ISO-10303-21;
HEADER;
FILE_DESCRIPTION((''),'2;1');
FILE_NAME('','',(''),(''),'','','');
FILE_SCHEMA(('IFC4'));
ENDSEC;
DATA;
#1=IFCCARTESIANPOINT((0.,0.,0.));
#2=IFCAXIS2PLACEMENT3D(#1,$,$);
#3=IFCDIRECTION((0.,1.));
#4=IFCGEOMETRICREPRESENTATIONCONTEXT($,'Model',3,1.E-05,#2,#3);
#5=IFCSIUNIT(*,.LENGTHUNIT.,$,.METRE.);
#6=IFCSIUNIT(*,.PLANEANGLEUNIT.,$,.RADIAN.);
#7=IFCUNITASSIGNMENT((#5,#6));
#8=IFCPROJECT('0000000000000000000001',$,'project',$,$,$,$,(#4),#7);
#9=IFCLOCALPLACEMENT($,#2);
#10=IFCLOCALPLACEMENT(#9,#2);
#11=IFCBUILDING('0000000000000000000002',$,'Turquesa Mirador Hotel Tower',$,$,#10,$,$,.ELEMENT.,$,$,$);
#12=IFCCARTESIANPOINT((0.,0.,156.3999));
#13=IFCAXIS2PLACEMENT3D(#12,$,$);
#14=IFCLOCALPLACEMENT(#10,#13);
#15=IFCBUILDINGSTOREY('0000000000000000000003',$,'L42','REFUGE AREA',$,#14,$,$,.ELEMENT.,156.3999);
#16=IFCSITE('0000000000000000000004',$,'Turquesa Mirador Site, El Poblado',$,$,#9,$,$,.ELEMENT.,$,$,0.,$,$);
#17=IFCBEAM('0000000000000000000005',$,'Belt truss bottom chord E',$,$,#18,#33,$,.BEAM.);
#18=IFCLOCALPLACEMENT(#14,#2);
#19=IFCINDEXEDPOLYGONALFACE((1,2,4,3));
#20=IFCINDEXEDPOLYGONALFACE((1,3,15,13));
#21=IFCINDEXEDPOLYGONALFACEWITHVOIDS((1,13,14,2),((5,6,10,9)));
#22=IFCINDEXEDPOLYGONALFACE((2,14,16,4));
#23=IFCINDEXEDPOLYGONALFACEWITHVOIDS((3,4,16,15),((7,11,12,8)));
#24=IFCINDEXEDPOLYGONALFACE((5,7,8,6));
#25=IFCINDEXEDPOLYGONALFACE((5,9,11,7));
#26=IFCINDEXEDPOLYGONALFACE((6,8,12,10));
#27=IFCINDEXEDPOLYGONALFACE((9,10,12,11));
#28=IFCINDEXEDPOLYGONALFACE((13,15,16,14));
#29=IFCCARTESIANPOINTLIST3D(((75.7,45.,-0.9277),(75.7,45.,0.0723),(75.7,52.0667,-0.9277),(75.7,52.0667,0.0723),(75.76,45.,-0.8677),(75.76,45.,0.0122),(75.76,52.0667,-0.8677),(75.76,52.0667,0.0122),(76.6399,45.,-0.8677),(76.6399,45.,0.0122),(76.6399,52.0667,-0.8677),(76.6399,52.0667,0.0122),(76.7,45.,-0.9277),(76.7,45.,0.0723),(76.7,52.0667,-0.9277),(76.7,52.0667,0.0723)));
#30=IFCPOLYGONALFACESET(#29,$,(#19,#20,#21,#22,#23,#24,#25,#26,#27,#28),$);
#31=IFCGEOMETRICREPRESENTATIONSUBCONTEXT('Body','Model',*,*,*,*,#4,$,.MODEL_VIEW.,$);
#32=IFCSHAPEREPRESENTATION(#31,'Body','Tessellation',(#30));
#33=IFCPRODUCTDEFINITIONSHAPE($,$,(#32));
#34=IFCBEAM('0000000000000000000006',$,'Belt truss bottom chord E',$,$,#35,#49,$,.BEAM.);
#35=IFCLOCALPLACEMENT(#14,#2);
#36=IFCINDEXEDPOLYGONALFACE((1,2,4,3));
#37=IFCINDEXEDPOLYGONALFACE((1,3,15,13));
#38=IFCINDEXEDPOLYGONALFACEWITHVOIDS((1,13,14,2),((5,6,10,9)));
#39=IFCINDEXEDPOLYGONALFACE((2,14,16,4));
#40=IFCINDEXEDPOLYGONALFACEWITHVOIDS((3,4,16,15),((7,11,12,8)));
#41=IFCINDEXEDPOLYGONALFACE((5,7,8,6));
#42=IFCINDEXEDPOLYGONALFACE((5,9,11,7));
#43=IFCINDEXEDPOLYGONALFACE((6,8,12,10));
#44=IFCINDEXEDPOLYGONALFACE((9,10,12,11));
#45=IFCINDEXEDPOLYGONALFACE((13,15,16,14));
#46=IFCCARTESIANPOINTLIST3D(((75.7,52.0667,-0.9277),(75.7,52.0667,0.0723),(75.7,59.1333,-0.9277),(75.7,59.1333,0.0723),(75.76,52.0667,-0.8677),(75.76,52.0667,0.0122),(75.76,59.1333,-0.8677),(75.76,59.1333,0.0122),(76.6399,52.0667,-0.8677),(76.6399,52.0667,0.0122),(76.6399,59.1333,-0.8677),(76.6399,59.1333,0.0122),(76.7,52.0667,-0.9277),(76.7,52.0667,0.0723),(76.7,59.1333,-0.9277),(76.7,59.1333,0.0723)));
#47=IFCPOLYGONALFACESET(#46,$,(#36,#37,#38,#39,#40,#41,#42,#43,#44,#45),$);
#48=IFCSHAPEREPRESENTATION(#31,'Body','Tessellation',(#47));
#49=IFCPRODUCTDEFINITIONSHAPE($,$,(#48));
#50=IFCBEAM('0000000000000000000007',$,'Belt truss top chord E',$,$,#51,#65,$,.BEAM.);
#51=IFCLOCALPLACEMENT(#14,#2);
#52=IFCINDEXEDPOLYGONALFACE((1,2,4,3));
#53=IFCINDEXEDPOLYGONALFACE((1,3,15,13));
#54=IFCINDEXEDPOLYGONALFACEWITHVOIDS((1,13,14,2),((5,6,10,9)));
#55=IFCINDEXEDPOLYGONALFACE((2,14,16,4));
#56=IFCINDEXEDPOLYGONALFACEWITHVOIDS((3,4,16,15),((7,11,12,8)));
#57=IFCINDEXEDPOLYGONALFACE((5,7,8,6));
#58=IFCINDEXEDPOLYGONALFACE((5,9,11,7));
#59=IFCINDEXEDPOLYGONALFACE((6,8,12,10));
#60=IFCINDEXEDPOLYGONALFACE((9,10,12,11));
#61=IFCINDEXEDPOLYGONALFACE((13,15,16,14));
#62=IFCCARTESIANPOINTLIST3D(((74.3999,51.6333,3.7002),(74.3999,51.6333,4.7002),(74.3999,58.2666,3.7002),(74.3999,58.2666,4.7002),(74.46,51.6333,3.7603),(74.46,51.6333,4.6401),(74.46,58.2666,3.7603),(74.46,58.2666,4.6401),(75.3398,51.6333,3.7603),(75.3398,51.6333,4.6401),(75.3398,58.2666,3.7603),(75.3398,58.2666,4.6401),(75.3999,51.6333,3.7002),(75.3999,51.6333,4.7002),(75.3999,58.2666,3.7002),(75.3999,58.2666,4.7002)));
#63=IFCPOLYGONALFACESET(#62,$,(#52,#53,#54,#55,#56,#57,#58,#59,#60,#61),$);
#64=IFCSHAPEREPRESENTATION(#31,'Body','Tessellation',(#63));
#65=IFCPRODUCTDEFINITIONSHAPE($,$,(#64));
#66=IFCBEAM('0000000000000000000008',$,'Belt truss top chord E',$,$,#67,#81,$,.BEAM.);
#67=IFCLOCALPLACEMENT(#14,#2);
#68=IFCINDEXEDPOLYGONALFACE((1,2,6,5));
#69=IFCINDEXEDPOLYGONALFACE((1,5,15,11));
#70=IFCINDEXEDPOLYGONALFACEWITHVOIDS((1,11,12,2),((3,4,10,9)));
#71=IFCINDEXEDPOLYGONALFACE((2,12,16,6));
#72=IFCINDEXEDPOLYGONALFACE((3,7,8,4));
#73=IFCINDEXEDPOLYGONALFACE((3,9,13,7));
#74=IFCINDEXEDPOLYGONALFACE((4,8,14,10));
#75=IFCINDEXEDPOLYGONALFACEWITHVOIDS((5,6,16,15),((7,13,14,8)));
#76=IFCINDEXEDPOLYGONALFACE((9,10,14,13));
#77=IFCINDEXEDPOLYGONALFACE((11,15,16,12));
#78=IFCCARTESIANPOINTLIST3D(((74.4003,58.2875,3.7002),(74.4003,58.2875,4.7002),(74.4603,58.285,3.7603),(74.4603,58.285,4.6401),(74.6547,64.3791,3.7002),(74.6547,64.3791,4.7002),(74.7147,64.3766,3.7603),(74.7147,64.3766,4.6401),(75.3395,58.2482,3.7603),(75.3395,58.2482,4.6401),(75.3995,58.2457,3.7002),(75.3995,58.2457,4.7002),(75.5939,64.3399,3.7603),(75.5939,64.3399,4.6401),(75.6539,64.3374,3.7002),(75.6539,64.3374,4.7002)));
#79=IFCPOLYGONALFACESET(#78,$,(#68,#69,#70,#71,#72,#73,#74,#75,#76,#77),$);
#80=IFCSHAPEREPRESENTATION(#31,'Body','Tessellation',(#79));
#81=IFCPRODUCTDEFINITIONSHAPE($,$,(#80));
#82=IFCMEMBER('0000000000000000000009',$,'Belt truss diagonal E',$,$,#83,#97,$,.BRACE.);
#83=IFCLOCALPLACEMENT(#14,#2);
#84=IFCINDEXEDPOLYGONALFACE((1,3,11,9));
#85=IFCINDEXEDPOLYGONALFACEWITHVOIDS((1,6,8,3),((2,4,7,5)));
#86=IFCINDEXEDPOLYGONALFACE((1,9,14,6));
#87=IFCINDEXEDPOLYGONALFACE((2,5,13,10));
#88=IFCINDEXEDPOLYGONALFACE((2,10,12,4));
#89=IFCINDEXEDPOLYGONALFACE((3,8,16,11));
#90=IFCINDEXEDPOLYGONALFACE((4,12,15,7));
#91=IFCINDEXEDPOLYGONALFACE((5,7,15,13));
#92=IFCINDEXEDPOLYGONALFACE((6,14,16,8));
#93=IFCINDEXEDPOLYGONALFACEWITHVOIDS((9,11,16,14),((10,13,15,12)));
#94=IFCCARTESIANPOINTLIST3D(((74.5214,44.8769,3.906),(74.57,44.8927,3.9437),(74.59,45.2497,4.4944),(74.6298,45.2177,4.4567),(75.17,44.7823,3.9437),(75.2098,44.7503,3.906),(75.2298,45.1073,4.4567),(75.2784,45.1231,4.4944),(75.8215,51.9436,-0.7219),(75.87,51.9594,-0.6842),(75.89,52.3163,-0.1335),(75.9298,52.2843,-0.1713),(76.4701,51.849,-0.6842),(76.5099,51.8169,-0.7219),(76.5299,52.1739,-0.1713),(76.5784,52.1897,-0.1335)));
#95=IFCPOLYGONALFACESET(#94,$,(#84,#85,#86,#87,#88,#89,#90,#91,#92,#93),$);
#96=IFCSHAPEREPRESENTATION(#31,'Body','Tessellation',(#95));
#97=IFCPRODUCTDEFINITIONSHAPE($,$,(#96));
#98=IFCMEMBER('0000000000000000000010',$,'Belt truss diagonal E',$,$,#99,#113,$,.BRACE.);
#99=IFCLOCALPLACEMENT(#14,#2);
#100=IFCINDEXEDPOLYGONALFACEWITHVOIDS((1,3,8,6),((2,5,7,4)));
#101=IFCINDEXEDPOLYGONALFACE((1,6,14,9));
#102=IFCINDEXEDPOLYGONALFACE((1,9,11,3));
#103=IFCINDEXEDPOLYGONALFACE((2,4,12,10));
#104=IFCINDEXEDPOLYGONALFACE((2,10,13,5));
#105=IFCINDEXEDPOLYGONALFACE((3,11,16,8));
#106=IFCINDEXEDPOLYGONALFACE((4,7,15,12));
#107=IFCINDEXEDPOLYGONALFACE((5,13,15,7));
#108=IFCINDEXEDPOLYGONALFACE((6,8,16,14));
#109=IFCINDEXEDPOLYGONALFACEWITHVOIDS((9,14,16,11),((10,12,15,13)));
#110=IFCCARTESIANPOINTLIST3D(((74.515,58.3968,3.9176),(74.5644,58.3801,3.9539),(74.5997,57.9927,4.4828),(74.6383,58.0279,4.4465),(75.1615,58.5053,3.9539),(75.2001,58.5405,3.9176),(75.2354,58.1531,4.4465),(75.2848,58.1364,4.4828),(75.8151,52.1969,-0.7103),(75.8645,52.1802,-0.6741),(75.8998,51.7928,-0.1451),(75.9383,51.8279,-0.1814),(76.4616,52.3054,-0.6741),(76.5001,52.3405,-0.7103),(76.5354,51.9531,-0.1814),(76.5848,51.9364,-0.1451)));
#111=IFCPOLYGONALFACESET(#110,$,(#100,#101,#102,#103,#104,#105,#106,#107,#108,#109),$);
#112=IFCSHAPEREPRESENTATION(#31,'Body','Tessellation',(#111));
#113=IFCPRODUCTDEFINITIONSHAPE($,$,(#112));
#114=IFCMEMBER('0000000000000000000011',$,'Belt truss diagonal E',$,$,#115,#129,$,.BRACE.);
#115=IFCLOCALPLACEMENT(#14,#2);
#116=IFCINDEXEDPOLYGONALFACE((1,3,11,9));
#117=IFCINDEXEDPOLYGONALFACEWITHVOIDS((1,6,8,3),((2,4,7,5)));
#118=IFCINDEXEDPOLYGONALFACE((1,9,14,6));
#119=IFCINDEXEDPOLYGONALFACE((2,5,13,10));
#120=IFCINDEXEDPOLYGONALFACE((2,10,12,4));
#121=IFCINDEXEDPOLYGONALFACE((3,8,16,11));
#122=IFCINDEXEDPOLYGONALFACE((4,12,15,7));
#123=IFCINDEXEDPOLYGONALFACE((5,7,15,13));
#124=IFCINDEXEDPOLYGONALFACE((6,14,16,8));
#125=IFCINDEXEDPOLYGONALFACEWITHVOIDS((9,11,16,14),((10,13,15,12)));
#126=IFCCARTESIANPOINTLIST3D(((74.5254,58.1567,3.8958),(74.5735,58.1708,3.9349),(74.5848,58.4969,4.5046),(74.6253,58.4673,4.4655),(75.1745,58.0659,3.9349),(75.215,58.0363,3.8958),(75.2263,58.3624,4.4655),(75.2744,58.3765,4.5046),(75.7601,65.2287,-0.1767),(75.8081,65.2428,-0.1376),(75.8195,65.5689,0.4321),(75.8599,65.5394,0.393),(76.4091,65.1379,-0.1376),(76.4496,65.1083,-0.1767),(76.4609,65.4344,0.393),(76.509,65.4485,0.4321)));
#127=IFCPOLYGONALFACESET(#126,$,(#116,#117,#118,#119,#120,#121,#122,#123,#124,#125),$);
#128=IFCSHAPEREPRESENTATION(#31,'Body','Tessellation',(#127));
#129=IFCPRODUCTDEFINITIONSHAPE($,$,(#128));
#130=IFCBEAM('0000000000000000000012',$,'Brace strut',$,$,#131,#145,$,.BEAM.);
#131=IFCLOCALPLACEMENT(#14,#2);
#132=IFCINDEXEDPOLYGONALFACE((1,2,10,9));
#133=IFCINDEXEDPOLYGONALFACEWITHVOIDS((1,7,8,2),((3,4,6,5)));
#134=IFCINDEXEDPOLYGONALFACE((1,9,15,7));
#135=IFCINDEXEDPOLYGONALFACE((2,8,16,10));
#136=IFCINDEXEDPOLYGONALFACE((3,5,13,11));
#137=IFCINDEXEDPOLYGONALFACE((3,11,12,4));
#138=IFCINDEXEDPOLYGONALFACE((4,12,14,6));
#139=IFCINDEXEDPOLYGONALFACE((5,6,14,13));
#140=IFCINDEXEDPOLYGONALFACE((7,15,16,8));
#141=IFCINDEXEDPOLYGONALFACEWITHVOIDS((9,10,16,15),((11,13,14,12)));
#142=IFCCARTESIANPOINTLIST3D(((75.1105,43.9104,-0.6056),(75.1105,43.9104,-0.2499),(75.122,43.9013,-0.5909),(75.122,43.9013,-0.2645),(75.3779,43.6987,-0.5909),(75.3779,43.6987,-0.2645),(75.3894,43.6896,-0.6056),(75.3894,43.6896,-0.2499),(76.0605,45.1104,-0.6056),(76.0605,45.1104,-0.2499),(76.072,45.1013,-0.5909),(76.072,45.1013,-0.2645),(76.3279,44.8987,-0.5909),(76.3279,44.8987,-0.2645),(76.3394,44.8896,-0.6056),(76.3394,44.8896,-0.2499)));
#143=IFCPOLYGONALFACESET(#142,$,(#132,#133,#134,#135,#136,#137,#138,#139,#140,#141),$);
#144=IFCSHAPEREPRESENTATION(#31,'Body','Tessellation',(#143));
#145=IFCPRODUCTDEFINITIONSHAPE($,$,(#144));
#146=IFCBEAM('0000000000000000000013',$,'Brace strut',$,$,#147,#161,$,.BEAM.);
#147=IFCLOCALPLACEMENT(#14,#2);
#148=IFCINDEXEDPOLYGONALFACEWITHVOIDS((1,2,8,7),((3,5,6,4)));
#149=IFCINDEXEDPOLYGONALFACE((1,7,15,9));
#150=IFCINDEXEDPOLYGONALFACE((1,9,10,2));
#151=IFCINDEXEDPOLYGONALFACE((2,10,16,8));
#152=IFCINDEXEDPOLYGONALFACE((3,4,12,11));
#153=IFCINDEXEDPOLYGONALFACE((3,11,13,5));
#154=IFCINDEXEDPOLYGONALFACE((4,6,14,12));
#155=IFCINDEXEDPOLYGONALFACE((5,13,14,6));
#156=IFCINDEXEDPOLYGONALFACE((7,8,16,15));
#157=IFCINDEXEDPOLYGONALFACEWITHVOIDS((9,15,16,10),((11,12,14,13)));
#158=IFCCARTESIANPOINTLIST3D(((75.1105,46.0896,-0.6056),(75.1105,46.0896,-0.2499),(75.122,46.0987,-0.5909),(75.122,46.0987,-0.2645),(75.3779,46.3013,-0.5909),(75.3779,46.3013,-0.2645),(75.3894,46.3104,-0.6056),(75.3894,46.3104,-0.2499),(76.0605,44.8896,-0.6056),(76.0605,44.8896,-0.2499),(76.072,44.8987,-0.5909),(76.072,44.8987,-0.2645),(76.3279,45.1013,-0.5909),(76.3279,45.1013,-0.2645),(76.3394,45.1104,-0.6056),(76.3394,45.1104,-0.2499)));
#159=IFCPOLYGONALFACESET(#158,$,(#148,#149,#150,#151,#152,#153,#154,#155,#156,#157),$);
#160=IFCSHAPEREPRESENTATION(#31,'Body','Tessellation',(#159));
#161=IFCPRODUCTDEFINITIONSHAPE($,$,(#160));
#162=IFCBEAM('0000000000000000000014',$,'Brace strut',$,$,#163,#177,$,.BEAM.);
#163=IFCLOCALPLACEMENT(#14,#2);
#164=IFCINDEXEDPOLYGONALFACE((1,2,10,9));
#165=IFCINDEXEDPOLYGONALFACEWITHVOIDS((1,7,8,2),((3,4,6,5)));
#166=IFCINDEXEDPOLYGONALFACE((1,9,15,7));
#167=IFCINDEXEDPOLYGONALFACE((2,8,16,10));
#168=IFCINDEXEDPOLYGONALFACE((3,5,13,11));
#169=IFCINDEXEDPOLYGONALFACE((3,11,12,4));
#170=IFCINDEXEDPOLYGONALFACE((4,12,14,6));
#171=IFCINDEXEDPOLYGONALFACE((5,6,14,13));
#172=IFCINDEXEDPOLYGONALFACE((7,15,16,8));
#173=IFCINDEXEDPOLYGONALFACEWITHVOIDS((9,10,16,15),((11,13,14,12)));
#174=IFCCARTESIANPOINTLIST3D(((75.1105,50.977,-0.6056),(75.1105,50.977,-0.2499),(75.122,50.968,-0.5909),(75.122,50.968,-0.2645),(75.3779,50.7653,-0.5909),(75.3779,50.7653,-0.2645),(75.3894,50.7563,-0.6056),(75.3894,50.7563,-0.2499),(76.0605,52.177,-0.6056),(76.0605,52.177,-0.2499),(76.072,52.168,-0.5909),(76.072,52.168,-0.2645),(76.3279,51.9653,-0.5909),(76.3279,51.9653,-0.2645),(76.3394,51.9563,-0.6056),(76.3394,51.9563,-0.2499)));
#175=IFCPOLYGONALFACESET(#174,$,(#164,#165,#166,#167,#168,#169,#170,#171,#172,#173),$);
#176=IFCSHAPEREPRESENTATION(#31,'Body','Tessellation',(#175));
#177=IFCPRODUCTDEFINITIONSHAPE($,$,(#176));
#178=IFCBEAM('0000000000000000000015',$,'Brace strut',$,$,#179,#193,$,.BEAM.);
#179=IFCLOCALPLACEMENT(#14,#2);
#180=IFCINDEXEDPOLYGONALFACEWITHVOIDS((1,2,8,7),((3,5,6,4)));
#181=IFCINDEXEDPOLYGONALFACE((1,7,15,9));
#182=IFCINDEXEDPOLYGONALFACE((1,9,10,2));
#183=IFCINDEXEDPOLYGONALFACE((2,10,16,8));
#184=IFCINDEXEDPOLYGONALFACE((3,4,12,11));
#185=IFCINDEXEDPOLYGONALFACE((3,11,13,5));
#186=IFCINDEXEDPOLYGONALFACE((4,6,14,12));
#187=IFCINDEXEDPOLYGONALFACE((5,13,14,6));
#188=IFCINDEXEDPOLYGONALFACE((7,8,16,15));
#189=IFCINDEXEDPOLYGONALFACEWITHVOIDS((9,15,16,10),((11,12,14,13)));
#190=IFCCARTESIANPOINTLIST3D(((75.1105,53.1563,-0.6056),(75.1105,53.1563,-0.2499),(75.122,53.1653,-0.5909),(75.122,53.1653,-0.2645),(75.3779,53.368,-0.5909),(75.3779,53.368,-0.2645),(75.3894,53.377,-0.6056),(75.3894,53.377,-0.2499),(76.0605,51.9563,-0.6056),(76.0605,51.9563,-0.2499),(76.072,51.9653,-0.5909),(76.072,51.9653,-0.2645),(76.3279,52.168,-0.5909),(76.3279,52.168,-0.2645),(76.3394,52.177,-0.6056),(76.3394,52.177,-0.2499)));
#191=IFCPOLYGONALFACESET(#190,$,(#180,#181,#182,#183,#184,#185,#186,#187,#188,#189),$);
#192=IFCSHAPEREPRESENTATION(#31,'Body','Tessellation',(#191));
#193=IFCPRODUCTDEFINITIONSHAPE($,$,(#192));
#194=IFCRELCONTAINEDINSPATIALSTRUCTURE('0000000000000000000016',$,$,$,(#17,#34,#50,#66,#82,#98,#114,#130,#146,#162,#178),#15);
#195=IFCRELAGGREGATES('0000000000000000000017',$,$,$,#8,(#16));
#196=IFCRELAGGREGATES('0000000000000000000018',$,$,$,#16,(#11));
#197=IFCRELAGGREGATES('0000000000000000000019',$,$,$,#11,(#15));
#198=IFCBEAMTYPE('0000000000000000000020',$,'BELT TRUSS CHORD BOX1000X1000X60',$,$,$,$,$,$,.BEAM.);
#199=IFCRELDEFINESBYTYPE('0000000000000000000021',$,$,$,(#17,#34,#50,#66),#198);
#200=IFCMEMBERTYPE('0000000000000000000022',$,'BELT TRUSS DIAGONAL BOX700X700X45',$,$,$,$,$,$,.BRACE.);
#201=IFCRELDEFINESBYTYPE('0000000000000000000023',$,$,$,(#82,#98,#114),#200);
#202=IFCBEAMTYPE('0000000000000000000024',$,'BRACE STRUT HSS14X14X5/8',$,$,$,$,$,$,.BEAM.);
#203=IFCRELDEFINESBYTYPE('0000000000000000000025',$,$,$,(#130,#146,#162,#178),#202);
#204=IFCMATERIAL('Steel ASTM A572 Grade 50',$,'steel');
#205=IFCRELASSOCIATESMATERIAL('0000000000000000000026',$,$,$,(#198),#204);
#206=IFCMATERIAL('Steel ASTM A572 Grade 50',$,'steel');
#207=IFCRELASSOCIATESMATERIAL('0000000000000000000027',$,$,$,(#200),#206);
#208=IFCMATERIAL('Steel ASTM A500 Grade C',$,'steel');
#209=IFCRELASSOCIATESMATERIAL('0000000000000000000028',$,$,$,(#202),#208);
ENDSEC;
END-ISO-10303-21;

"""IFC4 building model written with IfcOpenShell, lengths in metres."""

from ifc_helpers import new_model, si_unit, direction, frame, origin, origin_2d, place, context, subcontext, project, spatial, hollow_rectangle, extrude, material, material_profile, profile_set, type_object, element, save


model = new_model("IFC4")

# Units and contexts
model_context = context("Model", 3, precision=1e-05, world=origin(), true_north=direction((0.0, 1.0)))
body_context = subcontext(model_context, "Body", "Model", "MODEL_VIEW")
ifc_project = project(units=[si_unit("LENGTHUNIT", "METRE"), si_unit("PLANEANGLEUNIT", "RADIAN")], contexts=[model_context])

# Site, building, storey
site_placement = place(None, origin())
site = spatial("IfcSite", under=ifc_project, at=site_placement, Name="Turquesa Mirador Site, El Poblado", CompositionType="ELEMENT", RefElevation=0.0)
building_placement = place(site_placement, origin())
building = spatial("IfcBuilding", under=site, at=building_placement, Name="Turquesa Mirador Hotel Tower", CompositionType="ELEMENT")
storey_placement = place(building_placement, frame((0.0, 0.0, 156.3999)))
storey = spatial("IfcBuildingStorey", under=building, at=storey_placement, Name="L42", Description="REFUGE AREA", CompositionType="ELEMENT", Elevation=156.3999)

# Beams
ifc_material_1 = material(Name="Steel ASTM A572 Grade 50", Category="steel")
ifc_material_profile_1 = material_profile(ifc_material_1, hollow_rectangle(XDim=1.0, YDim=1.0, WallThickness=0.0601, at=origin_2d()), Name="BOX1000X1000X60")
ifc_profile_set_1 = profile_set([ifc_material_profile_1], Name="Steel ASTM A572 Grade 50")
beam_type_1 = type_object("IfcBeamType", Name="BELT TRUSS CHORD BOX1000X1000X60", PredefinedType="BEAM", material=ifc_profile_set_1)
for number, where, z_axis, x_axis, name in (
    (1, (76.2, 45.0, -0.4277), (0.0, 1.0, 0.0), (-1.0, 0.0, 0.0), "Belt truss bottom chord E"),
    (2, (76.2, 52.0667, -0.4277), (0.0, 1.0, 0.0), (-1.0, 0.0, 0.0), "Belt truss bottom chord E"),
):
    element("IfcBeam", number, at=place(storey_placement, frame(where, z_axis=z_axis, x_axis=x_axis)), inside=storey, type_object=beam_type_1, Name=name, PredefinedType="BEAM", context=body_context, shape_type="SweptSolid", body=[
        extrude(hollow_rectangle(XDim=1.0, YDim=1.0, WallThickness=0.0601, at=origin_2d()), origin(), (0.0, 0.0, 1.0), 7.0667),
    ])
beam_1_placement = place(storey_placement, frame((74.8999, 51.6333, 4.2002), z_axis=(0.0, 1.0, 0.0), x_axis=(-1.0, 0.0, 0.0)))
element("IfcBeam", 3, at=beam_1_placement, inside=storey, type_object=beam_type_1, Name="Belt truss top chord E", PredefinedType="BEAM", context=body_context, shape_type="SweptSolid", body=[
    extrude(hollow_rectangle(XDim=1.0, YDim=1.0, WallThickness=0.0601, at=origin_2d()), origin(), (0.0, 0.0, 1.0), 6.6333),
])
beam_2_placement = place(storey_placement, frame((74.8999, 58.2666, 4.2002), z_axis=(0.041725, 0.999129, 0.0), x_axis=(-0.999129, 0.041725, 0.0)))
element("IfcBeam", 4, at=beam_2_placement, inside=storey, type_object=beam_type_1, Name="Belt truss top chord E", PredefinedType="BEAM", context=body_context, shape_type="SweptSolid", body=[
    extrude(hollow_rectangle(XDim=1.0, YDim=1.0, WallThickness=0.0601, at=origin_2d()), origin(), (0.0, 0.0, 1.0), 6.0969),
])

# Members
ifc_material_2 = material(Name="Steel ASTM A572 Grade 50", Category="steel")
ifc_material_profile_2 = material_profile(ifc_material_2, hollow_rectangle(XDim=0.7, YDim=0.7, WallThickness=0.0449, at=origin_2d()), Name="BOX700X700X45")
ifc_profile_set_2 = profile_set([ifc_material_profile_2], Name="Steel ASTM A572 Grade 50")
member_type = type_object("IfcMemberType", Name="BELT TRUSS DIAGONAL BOX700X700X45", PredefinedType="BRACE", material=ifc_profile_set_2)
member_1_placement = place(storey_placement, frame((74.8999, 45.0, 4.2002), z_axis=(0.152112, 0.826832, -0.54149), x_axis=(-0.983495, 0.180933, 0.0)))
element("IfcMember", 5, at=member_1_placement, inside=storey, type_object=member_type, Name="Belt truss diagonal E", PredefinedType="BRACE", context=body_context, shape_type="SweptSolid", body=[
    extrude(hollow_rectangle(XDim=0.7, YDim=0.7, WallThickness=0.0449, at=origin_2d()), origin(), (0.0, 0.0, 1.0), 8.5466),
])
member_2_placement = place(storey_placement, frame((76.2, 52.0667, -0.4277), z_axis=(-0.165713, 0.790285, 0.589905), x_axis=(-0.978715, -0.205224, 0.0)))
element("IfcMember", 6, at=member_2_placement, inside=storey, type_object=member_type, Name="Belt truss diagonal E", PredefinedType="BRACE", context=body_context, shape_type="SweptSolid", body=[
    extrude(hollow_rectangle(XDim=0.7, YDim=0.7, WallThickness=0.0449, at=origin_2d()), origin(), (0.0, 0.0, 1.0), 7.8452),
])
member_3_placement = place(storey_placement, frame((74.8999, 58.2666, 4.2002), z_axis=(0.149584, 0.856833, -0.493418), x_axis=(-0.985101, 0.171977, 0.0)))
element("IfcMember", 7, at=member_3_placement, inside=storey, type_object=member_type, Name="Belt truss diagonal E", PredefinedType="BRACE", context=body_context, shape_type="SweptSolid", body=[
    extrude(hollow_rectangle(XDim=0.7, YDim=0.7, WallThickness=0.0449, at=origin_2d()), origin(), (0.0, 0.0, 1.0), 8.2537),
])

# Beams
ifc_material_3 = material(Name="Steel ASTM A500 Grade C", Category="steel")
ifc_material_profile_3 = material_profile(ifc_material_3, hollow_rectangle(XDim=0.3557, YDim=0.3557, WallThickness=0.0146, at=origin_2d()), Name="HSS14X14X5/8")
ifc_profile_set_3 = profile_set([ifc_material_profile_3], Name="Steel ASTM A500 Grade C")
beam_type_2 = type_object("IfcBeamType", Name="BRACE STRUT HSS14X14X5/8", PredefinedType="BEAM", material=ifc_profile_set_3)
for number, where, z_axis, x_axis, name in (
    (8, (76.2, 45.0, -0.4277), (-0.620699, -0.784049, 0.0), (0.784049, -0.620699, 0.0), "Brace strut"),
    (9, (76.2, 45.0, -0.4277), (-0.620699, 0.784049, 0.0), (-0.784049, -0.620699, 0.0), "Brace strut"),
    (10, (76.2, 52.0667, -0.4277), (-0.620699, -0.784049, 0.0), (0.784049, -0.620699, 0.0), "Brace strut"),
    (11, (76.2, 52.0667, -0.4277), (-0.620699, 0.784049, 0.0), (-0.784049, -0.620699, 0.0), "Brace strut"),
):
    element("IfcBeam", number, at=place(storey_placement, frame(where, z_axis=z_axis, x_axis=x_axis)), inside=storey, type_object=beam_type_2, Name=name, PredefinedType="BEAM", context=body_context, shape_type="SweptSolid", body=[
        extrude(hollow_rectangle(XDim=0.3557, YDim=0.3557, WallThickness=0.0146, at=origin_2d()), origin(), (0.0, 0.0, 1.0), 1.5305),
    ])

save(model, "model.ifc")
